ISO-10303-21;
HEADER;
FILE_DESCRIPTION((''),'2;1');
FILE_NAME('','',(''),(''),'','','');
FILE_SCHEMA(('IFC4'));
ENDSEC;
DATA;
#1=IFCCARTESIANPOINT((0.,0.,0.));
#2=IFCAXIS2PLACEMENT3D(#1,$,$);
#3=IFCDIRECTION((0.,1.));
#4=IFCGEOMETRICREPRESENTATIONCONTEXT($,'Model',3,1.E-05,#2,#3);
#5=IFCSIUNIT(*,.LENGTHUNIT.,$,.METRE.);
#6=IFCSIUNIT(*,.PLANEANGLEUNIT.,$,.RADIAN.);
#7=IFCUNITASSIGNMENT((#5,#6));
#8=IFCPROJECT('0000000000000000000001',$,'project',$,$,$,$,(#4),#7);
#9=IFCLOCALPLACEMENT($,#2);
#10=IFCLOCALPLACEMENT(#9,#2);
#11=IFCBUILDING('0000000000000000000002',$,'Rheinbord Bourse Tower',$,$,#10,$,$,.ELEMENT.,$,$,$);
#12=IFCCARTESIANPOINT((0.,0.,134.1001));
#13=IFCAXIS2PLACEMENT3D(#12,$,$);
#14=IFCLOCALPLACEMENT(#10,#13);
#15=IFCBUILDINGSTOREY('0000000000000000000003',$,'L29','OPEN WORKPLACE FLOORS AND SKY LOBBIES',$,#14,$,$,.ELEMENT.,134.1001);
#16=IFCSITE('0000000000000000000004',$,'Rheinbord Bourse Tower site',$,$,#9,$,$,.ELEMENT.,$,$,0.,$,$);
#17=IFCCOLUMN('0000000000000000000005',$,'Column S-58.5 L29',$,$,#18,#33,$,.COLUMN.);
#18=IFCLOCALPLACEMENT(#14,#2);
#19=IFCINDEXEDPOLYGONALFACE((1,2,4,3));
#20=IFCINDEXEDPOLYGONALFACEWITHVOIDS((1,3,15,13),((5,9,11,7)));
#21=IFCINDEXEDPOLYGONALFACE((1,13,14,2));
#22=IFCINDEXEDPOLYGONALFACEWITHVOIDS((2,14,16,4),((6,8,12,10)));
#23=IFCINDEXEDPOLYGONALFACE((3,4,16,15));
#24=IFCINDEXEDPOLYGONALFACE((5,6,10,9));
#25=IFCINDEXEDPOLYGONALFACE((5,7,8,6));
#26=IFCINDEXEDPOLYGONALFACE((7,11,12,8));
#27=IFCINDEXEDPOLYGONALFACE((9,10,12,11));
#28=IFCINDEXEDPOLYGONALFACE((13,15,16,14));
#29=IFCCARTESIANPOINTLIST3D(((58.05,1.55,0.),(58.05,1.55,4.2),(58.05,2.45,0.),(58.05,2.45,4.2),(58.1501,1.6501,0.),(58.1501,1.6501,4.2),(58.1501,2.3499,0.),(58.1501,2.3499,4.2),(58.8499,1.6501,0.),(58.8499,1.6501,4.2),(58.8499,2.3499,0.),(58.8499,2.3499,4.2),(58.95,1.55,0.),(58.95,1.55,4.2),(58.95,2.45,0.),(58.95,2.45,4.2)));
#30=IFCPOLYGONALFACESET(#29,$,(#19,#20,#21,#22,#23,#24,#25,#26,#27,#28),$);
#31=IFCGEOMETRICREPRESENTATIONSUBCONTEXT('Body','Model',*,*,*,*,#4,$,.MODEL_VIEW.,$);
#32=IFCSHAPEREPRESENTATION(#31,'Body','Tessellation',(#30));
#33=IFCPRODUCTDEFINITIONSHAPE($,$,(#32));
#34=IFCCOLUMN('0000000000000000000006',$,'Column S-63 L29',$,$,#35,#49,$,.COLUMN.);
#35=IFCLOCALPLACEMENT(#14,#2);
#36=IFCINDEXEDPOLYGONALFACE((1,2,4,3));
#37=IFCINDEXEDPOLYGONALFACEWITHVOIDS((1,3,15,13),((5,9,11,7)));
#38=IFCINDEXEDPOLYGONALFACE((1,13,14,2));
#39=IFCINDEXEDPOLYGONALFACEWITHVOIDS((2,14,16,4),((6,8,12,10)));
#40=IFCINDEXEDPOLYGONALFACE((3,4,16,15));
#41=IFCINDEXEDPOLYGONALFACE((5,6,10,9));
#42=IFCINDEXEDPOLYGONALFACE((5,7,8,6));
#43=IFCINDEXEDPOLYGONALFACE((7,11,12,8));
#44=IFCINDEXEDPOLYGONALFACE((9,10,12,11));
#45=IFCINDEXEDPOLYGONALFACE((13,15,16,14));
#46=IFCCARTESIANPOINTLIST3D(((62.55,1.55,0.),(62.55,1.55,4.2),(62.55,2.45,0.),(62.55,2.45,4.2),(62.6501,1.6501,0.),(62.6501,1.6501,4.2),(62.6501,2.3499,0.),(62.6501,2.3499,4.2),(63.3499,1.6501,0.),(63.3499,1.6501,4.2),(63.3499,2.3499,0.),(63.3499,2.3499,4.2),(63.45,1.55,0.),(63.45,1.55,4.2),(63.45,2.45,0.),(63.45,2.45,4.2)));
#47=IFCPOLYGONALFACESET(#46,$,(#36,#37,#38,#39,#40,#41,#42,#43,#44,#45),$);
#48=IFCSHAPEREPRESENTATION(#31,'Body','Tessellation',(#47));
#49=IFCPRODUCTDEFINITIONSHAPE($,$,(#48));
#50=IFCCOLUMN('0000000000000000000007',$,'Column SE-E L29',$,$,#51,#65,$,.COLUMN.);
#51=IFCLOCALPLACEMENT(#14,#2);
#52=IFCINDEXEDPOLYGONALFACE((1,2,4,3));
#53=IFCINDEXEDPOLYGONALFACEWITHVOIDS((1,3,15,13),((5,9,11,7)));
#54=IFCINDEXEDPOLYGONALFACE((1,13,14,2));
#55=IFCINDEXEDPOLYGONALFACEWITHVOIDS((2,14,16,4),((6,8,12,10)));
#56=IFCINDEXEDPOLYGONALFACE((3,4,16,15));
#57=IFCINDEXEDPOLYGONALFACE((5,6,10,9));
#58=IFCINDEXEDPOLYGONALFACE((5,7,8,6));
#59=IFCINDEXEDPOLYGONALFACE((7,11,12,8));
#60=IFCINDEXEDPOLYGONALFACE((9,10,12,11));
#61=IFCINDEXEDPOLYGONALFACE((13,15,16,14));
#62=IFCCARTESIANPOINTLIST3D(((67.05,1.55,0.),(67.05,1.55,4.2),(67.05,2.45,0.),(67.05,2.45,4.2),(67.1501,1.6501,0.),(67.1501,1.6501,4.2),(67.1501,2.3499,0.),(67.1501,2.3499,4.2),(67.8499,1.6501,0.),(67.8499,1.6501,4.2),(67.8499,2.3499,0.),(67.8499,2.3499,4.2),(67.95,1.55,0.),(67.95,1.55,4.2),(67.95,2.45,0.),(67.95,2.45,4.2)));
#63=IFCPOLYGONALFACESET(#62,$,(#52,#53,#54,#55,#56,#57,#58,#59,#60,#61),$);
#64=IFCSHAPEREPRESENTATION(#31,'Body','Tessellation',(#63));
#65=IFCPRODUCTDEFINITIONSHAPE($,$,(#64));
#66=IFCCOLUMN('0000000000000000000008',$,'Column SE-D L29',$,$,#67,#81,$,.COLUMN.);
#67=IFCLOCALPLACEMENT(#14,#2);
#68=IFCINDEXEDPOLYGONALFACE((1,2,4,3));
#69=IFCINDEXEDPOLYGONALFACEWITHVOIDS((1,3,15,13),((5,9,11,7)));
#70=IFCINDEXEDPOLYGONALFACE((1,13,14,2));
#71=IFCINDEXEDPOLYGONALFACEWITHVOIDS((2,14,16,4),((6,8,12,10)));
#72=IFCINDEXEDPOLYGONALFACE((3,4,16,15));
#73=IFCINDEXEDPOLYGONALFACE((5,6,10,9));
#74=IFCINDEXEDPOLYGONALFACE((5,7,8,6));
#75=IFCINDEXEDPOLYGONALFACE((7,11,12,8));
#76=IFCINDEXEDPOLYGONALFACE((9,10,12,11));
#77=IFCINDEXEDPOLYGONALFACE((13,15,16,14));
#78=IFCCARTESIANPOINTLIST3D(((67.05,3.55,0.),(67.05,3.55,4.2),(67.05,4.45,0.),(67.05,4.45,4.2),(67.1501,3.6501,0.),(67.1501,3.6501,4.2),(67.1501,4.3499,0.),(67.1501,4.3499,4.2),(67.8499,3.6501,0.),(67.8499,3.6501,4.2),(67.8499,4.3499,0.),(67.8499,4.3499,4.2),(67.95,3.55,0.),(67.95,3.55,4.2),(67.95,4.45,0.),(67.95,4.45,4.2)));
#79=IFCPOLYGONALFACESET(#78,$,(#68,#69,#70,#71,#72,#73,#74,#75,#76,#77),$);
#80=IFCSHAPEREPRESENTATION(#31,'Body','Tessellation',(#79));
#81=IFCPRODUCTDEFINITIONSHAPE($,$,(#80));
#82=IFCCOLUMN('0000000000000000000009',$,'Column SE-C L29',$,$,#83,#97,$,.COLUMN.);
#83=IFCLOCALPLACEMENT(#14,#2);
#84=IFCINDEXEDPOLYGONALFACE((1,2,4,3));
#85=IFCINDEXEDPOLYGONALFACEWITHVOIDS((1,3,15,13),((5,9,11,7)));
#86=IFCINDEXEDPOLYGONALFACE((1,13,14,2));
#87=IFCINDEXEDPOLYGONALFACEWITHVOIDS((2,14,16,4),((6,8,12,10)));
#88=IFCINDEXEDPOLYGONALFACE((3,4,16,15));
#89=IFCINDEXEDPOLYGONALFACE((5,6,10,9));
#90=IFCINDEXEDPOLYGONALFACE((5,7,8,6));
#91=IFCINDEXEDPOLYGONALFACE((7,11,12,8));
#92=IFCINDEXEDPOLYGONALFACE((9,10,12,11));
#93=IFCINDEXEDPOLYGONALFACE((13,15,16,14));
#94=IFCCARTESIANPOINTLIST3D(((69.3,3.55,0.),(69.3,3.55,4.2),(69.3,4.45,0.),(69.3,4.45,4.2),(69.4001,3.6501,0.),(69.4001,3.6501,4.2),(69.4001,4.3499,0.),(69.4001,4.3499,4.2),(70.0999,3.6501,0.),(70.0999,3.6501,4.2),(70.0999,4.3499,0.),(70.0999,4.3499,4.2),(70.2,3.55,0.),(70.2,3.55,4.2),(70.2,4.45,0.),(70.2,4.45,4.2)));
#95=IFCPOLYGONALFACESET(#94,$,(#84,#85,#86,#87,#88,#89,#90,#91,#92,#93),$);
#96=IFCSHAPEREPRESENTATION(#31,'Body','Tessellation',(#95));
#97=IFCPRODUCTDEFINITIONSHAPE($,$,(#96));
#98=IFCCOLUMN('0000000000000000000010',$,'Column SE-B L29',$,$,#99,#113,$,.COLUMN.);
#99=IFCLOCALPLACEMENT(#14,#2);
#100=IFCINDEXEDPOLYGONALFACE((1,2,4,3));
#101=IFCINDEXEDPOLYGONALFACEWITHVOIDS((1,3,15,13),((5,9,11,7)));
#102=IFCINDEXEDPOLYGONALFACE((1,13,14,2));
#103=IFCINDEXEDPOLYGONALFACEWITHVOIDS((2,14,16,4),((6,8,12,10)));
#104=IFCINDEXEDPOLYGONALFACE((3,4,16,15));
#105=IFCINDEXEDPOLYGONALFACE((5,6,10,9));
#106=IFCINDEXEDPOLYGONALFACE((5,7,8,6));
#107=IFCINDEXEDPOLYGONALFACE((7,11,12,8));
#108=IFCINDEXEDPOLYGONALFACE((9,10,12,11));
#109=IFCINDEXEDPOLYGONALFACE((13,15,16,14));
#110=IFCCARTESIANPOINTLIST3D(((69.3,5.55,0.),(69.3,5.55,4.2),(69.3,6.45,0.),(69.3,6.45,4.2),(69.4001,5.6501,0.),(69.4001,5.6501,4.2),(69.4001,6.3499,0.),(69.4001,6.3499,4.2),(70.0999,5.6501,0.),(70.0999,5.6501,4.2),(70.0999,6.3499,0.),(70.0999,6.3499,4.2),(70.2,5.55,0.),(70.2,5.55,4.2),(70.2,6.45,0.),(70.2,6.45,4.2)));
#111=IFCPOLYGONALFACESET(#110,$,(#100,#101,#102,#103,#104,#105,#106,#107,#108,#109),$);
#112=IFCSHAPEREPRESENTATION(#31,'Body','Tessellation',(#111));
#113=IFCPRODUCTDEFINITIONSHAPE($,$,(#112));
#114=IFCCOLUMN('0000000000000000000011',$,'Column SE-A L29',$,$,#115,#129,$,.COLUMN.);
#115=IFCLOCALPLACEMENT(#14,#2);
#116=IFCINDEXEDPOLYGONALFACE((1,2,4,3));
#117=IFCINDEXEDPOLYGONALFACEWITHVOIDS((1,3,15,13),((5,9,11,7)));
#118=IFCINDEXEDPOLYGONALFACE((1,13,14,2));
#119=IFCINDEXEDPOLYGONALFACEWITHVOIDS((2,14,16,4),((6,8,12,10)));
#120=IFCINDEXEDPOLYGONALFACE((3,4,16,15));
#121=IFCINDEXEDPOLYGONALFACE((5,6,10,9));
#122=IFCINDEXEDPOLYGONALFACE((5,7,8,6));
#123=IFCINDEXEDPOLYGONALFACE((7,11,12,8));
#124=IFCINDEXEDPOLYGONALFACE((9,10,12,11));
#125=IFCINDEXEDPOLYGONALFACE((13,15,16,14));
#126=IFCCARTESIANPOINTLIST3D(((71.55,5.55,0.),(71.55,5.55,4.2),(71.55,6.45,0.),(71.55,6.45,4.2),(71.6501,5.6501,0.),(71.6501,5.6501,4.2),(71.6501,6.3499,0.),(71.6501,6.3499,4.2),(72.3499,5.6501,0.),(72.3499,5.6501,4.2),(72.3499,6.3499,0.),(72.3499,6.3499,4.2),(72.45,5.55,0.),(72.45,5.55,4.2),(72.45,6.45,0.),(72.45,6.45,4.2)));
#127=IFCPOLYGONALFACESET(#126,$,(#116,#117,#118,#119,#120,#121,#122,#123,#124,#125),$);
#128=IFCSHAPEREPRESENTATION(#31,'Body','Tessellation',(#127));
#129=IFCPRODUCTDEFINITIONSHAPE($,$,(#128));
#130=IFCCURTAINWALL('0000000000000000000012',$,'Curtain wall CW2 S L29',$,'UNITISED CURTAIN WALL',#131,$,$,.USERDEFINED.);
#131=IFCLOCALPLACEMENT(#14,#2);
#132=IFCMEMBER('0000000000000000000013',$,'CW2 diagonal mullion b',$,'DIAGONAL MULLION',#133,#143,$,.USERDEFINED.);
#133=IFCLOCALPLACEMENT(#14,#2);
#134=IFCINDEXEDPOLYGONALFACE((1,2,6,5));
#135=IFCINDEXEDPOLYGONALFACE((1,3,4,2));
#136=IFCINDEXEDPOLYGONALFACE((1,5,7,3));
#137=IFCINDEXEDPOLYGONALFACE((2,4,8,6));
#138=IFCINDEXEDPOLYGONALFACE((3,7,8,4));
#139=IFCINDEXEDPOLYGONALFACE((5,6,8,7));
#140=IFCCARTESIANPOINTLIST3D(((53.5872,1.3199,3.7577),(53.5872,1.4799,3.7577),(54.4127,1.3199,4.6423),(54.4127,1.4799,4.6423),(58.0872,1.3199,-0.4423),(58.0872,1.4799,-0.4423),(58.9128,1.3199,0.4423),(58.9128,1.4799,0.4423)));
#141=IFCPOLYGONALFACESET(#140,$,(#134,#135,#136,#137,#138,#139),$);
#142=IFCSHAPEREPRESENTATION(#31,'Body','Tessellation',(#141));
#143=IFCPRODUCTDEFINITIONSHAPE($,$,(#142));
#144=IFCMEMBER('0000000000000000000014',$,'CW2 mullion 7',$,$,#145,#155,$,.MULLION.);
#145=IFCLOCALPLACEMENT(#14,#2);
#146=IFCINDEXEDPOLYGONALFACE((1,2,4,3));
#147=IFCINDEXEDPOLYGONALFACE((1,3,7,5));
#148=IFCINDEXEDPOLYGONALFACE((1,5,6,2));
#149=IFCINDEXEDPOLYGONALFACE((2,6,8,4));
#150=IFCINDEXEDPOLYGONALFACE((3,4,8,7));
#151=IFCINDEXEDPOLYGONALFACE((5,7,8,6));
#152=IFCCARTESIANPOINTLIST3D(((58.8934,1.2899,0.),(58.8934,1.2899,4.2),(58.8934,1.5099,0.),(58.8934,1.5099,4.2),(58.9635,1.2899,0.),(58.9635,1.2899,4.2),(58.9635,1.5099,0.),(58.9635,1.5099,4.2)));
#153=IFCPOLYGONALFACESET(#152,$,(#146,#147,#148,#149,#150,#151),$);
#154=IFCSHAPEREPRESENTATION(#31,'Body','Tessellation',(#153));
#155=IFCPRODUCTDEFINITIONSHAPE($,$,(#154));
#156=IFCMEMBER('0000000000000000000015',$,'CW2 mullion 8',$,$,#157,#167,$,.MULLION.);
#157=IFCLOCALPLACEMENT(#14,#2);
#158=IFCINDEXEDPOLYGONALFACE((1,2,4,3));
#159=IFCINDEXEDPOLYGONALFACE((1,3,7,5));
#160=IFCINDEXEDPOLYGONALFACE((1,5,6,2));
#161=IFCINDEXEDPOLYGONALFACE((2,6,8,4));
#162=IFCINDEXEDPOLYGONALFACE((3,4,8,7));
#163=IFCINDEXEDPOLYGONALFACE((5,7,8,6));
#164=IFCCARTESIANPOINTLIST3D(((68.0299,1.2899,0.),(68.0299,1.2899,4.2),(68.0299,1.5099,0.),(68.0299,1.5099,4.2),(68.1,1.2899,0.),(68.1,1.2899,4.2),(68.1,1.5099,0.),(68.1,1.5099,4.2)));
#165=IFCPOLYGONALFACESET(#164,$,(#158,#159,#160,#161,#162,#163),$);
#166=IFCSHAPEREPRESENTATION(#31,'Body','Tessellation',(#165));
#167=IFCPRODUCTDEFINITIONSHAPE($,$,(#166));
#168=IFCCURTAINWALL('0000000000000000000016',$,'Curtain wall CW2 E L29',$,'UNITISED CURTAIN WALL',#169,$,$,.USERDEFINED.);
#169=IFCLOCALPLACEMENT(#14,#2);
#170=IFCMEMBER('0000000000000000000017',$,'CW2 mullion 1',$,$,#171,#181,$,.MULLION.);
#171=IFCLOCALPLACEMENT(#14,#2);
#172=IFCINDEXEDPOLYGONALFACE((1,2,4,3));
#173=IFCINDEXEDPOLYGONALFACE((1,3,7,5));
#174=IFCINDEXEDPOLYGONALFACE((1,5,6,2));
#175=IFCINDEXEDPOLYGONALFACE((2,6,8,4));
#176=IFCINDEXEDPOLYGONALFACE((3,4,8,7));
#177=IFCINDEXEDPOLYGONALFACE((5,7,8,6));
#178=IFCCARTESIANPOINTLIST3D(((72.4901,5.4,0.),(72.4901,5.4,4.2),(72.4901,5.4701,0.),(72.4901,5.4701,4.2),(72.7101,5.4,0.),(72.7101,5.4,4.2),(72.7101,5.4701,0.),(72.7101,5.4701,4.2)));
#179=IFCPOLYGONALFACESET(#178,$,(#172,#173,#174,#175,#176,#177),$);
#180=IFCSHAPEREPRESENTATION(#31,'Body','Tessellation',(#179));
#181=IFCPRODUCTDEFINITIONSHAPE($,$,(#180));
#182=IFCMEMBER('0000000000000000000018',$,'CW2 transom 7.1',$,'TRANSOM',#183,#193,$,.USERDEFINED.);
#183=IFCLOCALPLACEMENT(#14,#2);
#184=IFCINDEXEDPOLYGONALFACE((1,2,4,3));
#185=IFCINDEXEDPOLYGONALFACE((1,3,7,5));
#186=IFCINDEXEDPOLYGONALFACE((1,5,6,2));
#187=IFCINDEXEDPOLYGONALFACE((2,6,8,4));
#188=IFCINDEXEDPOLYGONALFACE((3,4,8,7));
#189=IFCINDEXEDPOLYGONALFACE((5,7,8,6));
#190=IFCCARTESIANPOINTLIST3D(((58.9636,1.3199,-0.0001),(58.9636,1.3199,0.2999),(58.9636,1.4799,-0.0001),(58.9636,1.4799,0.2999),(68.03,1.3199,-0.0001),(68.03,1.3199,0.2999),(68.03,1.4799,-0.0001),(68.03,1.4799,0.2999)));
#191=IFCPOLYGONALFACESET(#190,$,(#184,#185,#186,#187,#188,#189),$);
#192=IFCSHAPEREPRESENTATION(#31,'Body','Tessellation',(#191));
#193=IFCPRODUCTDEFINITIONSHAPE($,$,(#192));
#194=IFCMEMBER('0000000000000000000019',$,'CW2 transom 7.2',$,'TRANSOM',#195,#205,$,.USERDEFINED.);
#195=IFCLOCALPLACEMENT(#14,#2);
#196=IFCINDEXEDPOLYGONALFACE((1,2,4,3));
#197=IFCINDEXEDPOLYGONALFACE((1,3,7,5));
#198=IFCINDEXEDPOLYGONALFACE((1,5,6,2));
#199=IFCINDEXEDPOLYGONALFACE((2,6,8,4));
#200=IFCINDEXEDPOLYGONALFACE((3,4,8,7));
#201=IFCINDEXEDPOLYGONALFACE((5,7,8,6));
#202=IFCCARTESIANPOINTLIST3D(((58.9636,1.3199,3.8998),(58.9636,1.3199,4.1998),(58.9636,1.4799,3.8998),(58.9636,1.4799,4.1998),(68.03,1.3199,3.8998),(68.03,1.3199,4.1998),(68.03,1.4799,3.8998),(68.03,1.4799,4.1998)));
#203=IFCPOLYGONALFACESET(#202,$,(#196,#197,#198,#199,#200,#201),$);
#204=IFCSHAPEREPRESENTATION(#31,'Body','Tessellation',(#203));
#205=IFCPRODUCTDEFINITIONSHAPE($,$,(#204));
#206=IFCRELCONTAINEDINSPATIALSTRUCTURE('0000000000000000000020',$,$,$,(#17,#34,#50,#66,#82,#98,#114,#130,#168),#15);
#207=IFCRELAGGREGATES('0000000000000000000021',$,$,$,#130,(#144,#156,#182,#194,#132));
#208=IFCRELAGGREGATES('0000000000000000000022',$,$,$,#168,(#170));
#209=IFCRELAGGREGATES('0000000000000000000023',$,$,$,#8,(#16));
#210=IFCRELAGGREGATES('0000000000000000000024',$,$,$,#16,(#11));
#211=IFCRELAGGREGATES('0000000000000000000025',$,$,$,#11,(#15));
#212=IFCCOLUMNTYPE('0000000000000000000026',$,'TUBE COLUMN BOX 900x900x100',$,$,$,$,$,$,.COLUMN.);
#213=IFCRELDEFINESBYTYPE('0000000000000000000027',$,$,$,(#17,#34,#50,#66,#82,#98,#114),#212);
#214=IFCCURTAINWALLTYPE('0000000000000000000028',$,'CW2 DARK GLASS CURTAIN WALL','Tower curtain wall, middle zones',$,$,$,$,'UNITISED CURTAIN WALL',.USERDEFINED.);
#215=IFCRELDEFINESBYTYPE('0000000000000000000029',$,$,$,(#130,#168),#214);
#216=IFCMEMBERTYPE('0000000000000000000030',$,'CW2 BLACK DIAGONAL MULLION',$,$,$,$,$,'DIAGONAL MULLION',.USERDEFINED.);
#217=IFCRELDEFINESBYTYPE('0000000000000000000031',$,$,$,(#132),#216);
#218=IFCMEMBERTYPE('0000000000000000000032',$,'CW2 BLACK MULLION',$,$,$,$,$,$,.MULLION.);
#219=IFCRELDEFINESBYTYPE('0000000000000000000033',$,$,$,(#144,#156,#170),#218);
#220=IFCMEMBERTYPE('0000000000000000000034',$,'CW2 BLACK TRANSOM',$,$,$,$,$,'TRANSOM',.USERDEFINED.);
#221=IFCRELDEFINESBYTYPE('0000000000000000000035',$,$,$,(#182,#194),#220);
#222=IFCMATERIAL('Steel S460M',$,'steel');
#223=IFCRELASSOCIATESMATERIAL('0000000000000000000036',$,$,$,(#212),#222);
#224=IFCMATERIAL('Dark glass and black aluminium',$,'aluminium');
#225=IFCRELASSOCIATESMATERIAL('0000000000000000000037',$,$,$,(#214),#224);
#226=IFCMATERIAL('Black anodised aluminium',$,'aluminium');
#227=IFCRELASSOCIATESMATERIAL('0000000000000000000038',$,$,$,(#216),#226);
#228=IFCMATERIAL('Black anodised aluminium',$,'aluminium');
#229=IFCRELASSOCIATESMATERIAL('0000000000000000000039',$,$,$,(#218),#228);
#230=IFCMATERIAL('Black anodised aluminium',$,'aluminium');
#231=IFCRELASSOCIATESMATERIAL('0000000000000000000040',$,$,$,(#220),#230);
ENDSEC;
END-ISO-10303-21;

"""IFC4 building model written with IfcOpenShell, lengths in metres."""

from ifc_helpers import new_model, si_unit, direction, frame, origin, origin_2d, place, context, subcontext, project, spatial, rectangle, hollow_rectangle, extrude, material, material_profile, profile_set, type_object, element, aggregate, save


model = new_model("IFC4")

# Units and contexts
model_context = context("Model", 3, precision=1e-05, world=origin(), true_north=direction((0.0, 1.0)))
body_context = subcontext(model_context, "Body", "Model", "MODEL_VIEW")
ifc_project = project(units=[si_unit("LENGTHUNIT", "METRE"), si_unit("PLANEANGLEUNIT", "RADIAN")], contexts=[model_context])

# Site, building, storey
site_placement = place(None, origin())
site = spatial("IfcSite", under=ifc_project, at=site_placement, Name="Rheinbord Bourse Tower site", CompositionType="ELEMENT", RefElevation=0.0)
building_placement = place(site_placement, origin())
building = spatial("IfcBuilding", under=site, at=building_placement, Name="Rheinbord Bourse Tower", CompositionType="ELEMENT")
storey_placement = place(building_placement, frame((0.0, 0.0, 134.1001)))
storey = spatial("IfcBuildingStorey", under=building, at=storey_placement, Name="L29", Description="OPEN WORKPLACE FLOORS AND SKY LOBBIES", CompositionType="ELEMENT", Elevation=134.1001)

# Columns
ifc_material_1 = material(Name="Steel S460M", Category="steel")
ifc_material_profile_1 = material_profile(ifc_material_1, hollow_rectangle(XDim=0.8999, YDim=0.8999, WallThickness=0.1001, at=origin_2d()), Name="BOX 900x900x100")
ifc_profile_set_1 = profile_set([ifc_material_profile_1], Name="Steel S460M")
column_type = type_object("IfcColumnType", Name="TUBE COLUMN BOX 900x900x100", PredefinedType="COLUMN", material=ifc_profile_set_1)
for number, where, z_axis, x_axis, name in (
    (1, (58.5, 2.0, 0.0), (0.0, 0.0, 1.0), (0.0, 1.0, 0.0), "Column S-58.5 L29"),
    (2, (63.0, 2.0, 0.0), (0.0, 0.0, 1.0), (0.0, 1.0, 0.0), "Column S-63 L29"),
    (3, (67.5, 2.0, 0.0), (0.0, 0.0, 1.0), (0.0, 1.0, 0.0), "Column SE-E L29"),
    (4, (67.5, 4.0, 0.0), (0.0, 0.0, 1.0), (0.0, 1.0, 0.0), "Column SE-D L29"),
    (5, (69.75, 4.0, 0.0), (0.0, 0.0, 1.0), (1.0, 0.0, 0.0), "Column SE-C L29"),
    (6, (69.75, 6.0, 0.0), (0.0, 0.0, 1.0), (1.0, 0.0, 0.0), "Column SE-B L29"),
    (7, (72.0, 6.0, 0.0), (0.0, 0.0, 1.0), (1.0, 0.0, 0.0), "Column SE-A L29"),
):
    element("IfcColumn", number, at=place(storey_placement, frame(where, z_axis=z_axis, x_axis=x_axis)), inside=storey, type_object=column_type, Name=name, PredefinedType="COLUMN", context=body_context, shape_type="SweptSolid", body=[
        extrude(hollow_rectangle(XDim=0.8999, YDim=0.8999, WallThickness=0.1001, at=origin_2d()), origin(), (0.0, 0.0, 1.0), 4.2),
    ])

# Curtain wall, members
ifc_material_2 = material(Name="Dark glass and black aluminium", Category="aluminium")
curtain_wall_type = type_object("IfcCurtainWallType", Name="CW2 DARK GLASS CURTAIN WALL", Description="Tower curtain wall, middle zones", ElementType="UNITISED CURTAIN WALL", PredefinedType="USERDEFINED", material=ifc_material_2)
curtain_wall_1_placement = place(storey_placement, origin())
curtain_wall_1 = element("IfcCurtainWall", 8, at=curtain_wall_1_placement, inside=storey, type_object=curtain_wall_type, Name="Curtain wall CW2 S L29", ObjectType="UNITISED CURTAIN WALL", PredefinedType="USERDEFINED")
ifc_material_3 = material(Name="Black anodised aluminium", Category="aluminium")
ifc_material_profile_2 = material_profile(ifc_material_3, rectangle(XDim=0.1599, YDim=1.21, at=origin_2d()), Name="CW2 DIAGONAL MULLION 1210x160")
ifc_profile_set_2 = profile_set([ifc_material_profile_2], Name="Black anodised aluminium")
member_type_1 = type_object("IfcMemberType", Name="CW2 BLACK DIAGONAL MULLION", ElementType="DIAGONAL MULLION", PredefinedType="USERDEFINED", material=ifc_profile_set_2)
member_1_placement = place(storey_placement, frame((58.5, 1.3999, 0.0), z_axis=(-0.731059, 0.0, 0.682314), x_axis=(0.0, -1.0, 0.0)))
member_1 = element("IfcMember", 9, at=member_1_placement, type_object=member_type_1, Name="CW2 diagonal mullion b", ObjectType="DIAGONAL MULLION", PredefinedType="USERDEFINED", context=body_context, shape_type="SweptSolid", body=[
    extrude(rectangle(XDim=0.1599, YDim=1.21, at=origin_2d()), origin(), (0.0, 0.0, 1.0), 6.1555),
])
ifc_material_4 = material(Name="Black anodised aluminium", Category="aluminium")
ifc_material_profile_3 = material_profile(ifc_material_4, rectangle(XDim=0.22, YDim=0.0701, at=origin_2d()), Name="CW2 MULLION 70x220")
ifc_profile_set_3 = profile_set([ifc_material_profile_3], Name="Black anodised aluminium")
member_type_2 = type_object("IfcMemberType", Name="CW2 BLACK MULLION", PredefinedType="MULLION", material=ifc_profile_set_3)
member_2_placement = place(storey_placement, frame((58.9285, 1.3999, 0.0), z_axis=(0.0, 0.0, 1.0), x_axis=(0.0, 1.0, 0.0)))
member_2 = element("IfcMember", 10, at=member_2_placement, type_object=member_type_2, Name="CW2 mullion 7", PredefinedType="MULLION", context=body_context, shape_type="SweptSolid", body=[
    extrude(rectangle(XDim=0.22, YDim=0.0701, at=origin_2d()), origin(), (0.0, 0.0, 1.0), 4.2),
])
member_3_placement = place(storey_placement, frame((68.0649, 1.3999, 0.0), z_axis=(0.0, 0.0, 1.0), x_axis=(0.0, 1.0, 0.0)))
member_3 = element("IfcMember", 11, at=member_3_placement, type_object=member_type_2, Name="CW2 mullion 8", PredefinedType="MULLION", context=body_context, shape_type="SweptSolid", body=[
    extrude(rectangle(XDim=0.22, YDim=0.0701, at=origin_2d()), origin(), (0.0, 0.0, 1.0), 4.2),
])

# Curtain wall, member
curtain_wall_2_placement = place(storey_placement, origin())
curtain_wall_2 = element("IfcCurtainWall", 12, at=curtain_wall_2_placement, inside=storey, type_object=curtain_wall_type, Name="Curtain wall CW2 E L29", ObjectType="UNITISED CURTAIN WALL", PredefinedType="USERDEFINED")
member_4_placement = place(storey_placement, frame((72.6001, 5.4351, 0.0), z_axis=(0.0, 0.0, 1.0), x_axis=(-1.0, 0.0, 0.0)))
member_4 = element("IfcMember", 13, at=member_4_placement, type_object=member_type_2, Name="CW2 mullion 1", PredefinedType="MULLION", context=body_context, shape_type="SweptSolid", body=[
    extrude(rectangle(XDim=0.22, YDim=0.0701, at=origin_2d()), origin(), (0.0, 0.0, 1.0), 4.2),
])

# Members
ifc_material_5 = material(Name="Black anodised aluminium", Category="aluminium")
ifc_material_profile_4 = material_profile(ifc_material_5, rectangle(XDim=0.1599, YDim=0.3, at=origin_2d()), Name="CW2 TRANSOM 300x160")
ifc_profile_set_4 = profile_set([ifc_material_profile_4], Name="Black anodised aluminium")
member_type_3 = type_object("IfcMemberType", Name="CW2 BLACK TRANSOM", ElementType="TRANSOM", PredefinedType="USERDEFINED", material=ifc_profile_set_4)
member_5_placement = place(storey_placement, frame((58.9636, 1.3999, 0.1499), z_axis=(1.0, 0.0, 0.0), x_axis=(0.0, 1.0, 0.0)))
member_5 = element("IfcMember", 14, at=member_5_placement, type_object=member_type_3, Name="CW2 transom 7.1", ObjectType="TRANSOM", PredefinedType="USERDEFINED", context=body_context, shape_type="SweptSolid", body=[
    extrude(rectangle(XDim=0.1599, YDim=0.3, at=origin_2d()), origin(), (0.0, 0.0, 1.0), 9.0664),
])
member_6_placement = place(storey_placement, frame((58.9636, 1.3999, 4.0498), z_axis=(1.0, 0.0, 0.0), x_axis=(0.0, 1.0, 0.0)))
member_6 = element("IfcMember", 15, at=member_6_placement, type_object=member_type_3, Name="CW2 transom 7.2", ObjectType="TRANSOM", PredefinedType="USERDEFINED", context=body_context, shape_type="SweptSolid", body=[
    extrude(rectangle(XDim=0.1599, YDim=0.3, at=origin_2d()), origin(), (0.0, 0.0, 1.0), 9.0664),
])

aggregate(curtain_wall_1, [member_2, member_3, member_5, member_6, member_1])
aggregate(curtain_wall_2, [member_4])

save(model, "model.ifc")
